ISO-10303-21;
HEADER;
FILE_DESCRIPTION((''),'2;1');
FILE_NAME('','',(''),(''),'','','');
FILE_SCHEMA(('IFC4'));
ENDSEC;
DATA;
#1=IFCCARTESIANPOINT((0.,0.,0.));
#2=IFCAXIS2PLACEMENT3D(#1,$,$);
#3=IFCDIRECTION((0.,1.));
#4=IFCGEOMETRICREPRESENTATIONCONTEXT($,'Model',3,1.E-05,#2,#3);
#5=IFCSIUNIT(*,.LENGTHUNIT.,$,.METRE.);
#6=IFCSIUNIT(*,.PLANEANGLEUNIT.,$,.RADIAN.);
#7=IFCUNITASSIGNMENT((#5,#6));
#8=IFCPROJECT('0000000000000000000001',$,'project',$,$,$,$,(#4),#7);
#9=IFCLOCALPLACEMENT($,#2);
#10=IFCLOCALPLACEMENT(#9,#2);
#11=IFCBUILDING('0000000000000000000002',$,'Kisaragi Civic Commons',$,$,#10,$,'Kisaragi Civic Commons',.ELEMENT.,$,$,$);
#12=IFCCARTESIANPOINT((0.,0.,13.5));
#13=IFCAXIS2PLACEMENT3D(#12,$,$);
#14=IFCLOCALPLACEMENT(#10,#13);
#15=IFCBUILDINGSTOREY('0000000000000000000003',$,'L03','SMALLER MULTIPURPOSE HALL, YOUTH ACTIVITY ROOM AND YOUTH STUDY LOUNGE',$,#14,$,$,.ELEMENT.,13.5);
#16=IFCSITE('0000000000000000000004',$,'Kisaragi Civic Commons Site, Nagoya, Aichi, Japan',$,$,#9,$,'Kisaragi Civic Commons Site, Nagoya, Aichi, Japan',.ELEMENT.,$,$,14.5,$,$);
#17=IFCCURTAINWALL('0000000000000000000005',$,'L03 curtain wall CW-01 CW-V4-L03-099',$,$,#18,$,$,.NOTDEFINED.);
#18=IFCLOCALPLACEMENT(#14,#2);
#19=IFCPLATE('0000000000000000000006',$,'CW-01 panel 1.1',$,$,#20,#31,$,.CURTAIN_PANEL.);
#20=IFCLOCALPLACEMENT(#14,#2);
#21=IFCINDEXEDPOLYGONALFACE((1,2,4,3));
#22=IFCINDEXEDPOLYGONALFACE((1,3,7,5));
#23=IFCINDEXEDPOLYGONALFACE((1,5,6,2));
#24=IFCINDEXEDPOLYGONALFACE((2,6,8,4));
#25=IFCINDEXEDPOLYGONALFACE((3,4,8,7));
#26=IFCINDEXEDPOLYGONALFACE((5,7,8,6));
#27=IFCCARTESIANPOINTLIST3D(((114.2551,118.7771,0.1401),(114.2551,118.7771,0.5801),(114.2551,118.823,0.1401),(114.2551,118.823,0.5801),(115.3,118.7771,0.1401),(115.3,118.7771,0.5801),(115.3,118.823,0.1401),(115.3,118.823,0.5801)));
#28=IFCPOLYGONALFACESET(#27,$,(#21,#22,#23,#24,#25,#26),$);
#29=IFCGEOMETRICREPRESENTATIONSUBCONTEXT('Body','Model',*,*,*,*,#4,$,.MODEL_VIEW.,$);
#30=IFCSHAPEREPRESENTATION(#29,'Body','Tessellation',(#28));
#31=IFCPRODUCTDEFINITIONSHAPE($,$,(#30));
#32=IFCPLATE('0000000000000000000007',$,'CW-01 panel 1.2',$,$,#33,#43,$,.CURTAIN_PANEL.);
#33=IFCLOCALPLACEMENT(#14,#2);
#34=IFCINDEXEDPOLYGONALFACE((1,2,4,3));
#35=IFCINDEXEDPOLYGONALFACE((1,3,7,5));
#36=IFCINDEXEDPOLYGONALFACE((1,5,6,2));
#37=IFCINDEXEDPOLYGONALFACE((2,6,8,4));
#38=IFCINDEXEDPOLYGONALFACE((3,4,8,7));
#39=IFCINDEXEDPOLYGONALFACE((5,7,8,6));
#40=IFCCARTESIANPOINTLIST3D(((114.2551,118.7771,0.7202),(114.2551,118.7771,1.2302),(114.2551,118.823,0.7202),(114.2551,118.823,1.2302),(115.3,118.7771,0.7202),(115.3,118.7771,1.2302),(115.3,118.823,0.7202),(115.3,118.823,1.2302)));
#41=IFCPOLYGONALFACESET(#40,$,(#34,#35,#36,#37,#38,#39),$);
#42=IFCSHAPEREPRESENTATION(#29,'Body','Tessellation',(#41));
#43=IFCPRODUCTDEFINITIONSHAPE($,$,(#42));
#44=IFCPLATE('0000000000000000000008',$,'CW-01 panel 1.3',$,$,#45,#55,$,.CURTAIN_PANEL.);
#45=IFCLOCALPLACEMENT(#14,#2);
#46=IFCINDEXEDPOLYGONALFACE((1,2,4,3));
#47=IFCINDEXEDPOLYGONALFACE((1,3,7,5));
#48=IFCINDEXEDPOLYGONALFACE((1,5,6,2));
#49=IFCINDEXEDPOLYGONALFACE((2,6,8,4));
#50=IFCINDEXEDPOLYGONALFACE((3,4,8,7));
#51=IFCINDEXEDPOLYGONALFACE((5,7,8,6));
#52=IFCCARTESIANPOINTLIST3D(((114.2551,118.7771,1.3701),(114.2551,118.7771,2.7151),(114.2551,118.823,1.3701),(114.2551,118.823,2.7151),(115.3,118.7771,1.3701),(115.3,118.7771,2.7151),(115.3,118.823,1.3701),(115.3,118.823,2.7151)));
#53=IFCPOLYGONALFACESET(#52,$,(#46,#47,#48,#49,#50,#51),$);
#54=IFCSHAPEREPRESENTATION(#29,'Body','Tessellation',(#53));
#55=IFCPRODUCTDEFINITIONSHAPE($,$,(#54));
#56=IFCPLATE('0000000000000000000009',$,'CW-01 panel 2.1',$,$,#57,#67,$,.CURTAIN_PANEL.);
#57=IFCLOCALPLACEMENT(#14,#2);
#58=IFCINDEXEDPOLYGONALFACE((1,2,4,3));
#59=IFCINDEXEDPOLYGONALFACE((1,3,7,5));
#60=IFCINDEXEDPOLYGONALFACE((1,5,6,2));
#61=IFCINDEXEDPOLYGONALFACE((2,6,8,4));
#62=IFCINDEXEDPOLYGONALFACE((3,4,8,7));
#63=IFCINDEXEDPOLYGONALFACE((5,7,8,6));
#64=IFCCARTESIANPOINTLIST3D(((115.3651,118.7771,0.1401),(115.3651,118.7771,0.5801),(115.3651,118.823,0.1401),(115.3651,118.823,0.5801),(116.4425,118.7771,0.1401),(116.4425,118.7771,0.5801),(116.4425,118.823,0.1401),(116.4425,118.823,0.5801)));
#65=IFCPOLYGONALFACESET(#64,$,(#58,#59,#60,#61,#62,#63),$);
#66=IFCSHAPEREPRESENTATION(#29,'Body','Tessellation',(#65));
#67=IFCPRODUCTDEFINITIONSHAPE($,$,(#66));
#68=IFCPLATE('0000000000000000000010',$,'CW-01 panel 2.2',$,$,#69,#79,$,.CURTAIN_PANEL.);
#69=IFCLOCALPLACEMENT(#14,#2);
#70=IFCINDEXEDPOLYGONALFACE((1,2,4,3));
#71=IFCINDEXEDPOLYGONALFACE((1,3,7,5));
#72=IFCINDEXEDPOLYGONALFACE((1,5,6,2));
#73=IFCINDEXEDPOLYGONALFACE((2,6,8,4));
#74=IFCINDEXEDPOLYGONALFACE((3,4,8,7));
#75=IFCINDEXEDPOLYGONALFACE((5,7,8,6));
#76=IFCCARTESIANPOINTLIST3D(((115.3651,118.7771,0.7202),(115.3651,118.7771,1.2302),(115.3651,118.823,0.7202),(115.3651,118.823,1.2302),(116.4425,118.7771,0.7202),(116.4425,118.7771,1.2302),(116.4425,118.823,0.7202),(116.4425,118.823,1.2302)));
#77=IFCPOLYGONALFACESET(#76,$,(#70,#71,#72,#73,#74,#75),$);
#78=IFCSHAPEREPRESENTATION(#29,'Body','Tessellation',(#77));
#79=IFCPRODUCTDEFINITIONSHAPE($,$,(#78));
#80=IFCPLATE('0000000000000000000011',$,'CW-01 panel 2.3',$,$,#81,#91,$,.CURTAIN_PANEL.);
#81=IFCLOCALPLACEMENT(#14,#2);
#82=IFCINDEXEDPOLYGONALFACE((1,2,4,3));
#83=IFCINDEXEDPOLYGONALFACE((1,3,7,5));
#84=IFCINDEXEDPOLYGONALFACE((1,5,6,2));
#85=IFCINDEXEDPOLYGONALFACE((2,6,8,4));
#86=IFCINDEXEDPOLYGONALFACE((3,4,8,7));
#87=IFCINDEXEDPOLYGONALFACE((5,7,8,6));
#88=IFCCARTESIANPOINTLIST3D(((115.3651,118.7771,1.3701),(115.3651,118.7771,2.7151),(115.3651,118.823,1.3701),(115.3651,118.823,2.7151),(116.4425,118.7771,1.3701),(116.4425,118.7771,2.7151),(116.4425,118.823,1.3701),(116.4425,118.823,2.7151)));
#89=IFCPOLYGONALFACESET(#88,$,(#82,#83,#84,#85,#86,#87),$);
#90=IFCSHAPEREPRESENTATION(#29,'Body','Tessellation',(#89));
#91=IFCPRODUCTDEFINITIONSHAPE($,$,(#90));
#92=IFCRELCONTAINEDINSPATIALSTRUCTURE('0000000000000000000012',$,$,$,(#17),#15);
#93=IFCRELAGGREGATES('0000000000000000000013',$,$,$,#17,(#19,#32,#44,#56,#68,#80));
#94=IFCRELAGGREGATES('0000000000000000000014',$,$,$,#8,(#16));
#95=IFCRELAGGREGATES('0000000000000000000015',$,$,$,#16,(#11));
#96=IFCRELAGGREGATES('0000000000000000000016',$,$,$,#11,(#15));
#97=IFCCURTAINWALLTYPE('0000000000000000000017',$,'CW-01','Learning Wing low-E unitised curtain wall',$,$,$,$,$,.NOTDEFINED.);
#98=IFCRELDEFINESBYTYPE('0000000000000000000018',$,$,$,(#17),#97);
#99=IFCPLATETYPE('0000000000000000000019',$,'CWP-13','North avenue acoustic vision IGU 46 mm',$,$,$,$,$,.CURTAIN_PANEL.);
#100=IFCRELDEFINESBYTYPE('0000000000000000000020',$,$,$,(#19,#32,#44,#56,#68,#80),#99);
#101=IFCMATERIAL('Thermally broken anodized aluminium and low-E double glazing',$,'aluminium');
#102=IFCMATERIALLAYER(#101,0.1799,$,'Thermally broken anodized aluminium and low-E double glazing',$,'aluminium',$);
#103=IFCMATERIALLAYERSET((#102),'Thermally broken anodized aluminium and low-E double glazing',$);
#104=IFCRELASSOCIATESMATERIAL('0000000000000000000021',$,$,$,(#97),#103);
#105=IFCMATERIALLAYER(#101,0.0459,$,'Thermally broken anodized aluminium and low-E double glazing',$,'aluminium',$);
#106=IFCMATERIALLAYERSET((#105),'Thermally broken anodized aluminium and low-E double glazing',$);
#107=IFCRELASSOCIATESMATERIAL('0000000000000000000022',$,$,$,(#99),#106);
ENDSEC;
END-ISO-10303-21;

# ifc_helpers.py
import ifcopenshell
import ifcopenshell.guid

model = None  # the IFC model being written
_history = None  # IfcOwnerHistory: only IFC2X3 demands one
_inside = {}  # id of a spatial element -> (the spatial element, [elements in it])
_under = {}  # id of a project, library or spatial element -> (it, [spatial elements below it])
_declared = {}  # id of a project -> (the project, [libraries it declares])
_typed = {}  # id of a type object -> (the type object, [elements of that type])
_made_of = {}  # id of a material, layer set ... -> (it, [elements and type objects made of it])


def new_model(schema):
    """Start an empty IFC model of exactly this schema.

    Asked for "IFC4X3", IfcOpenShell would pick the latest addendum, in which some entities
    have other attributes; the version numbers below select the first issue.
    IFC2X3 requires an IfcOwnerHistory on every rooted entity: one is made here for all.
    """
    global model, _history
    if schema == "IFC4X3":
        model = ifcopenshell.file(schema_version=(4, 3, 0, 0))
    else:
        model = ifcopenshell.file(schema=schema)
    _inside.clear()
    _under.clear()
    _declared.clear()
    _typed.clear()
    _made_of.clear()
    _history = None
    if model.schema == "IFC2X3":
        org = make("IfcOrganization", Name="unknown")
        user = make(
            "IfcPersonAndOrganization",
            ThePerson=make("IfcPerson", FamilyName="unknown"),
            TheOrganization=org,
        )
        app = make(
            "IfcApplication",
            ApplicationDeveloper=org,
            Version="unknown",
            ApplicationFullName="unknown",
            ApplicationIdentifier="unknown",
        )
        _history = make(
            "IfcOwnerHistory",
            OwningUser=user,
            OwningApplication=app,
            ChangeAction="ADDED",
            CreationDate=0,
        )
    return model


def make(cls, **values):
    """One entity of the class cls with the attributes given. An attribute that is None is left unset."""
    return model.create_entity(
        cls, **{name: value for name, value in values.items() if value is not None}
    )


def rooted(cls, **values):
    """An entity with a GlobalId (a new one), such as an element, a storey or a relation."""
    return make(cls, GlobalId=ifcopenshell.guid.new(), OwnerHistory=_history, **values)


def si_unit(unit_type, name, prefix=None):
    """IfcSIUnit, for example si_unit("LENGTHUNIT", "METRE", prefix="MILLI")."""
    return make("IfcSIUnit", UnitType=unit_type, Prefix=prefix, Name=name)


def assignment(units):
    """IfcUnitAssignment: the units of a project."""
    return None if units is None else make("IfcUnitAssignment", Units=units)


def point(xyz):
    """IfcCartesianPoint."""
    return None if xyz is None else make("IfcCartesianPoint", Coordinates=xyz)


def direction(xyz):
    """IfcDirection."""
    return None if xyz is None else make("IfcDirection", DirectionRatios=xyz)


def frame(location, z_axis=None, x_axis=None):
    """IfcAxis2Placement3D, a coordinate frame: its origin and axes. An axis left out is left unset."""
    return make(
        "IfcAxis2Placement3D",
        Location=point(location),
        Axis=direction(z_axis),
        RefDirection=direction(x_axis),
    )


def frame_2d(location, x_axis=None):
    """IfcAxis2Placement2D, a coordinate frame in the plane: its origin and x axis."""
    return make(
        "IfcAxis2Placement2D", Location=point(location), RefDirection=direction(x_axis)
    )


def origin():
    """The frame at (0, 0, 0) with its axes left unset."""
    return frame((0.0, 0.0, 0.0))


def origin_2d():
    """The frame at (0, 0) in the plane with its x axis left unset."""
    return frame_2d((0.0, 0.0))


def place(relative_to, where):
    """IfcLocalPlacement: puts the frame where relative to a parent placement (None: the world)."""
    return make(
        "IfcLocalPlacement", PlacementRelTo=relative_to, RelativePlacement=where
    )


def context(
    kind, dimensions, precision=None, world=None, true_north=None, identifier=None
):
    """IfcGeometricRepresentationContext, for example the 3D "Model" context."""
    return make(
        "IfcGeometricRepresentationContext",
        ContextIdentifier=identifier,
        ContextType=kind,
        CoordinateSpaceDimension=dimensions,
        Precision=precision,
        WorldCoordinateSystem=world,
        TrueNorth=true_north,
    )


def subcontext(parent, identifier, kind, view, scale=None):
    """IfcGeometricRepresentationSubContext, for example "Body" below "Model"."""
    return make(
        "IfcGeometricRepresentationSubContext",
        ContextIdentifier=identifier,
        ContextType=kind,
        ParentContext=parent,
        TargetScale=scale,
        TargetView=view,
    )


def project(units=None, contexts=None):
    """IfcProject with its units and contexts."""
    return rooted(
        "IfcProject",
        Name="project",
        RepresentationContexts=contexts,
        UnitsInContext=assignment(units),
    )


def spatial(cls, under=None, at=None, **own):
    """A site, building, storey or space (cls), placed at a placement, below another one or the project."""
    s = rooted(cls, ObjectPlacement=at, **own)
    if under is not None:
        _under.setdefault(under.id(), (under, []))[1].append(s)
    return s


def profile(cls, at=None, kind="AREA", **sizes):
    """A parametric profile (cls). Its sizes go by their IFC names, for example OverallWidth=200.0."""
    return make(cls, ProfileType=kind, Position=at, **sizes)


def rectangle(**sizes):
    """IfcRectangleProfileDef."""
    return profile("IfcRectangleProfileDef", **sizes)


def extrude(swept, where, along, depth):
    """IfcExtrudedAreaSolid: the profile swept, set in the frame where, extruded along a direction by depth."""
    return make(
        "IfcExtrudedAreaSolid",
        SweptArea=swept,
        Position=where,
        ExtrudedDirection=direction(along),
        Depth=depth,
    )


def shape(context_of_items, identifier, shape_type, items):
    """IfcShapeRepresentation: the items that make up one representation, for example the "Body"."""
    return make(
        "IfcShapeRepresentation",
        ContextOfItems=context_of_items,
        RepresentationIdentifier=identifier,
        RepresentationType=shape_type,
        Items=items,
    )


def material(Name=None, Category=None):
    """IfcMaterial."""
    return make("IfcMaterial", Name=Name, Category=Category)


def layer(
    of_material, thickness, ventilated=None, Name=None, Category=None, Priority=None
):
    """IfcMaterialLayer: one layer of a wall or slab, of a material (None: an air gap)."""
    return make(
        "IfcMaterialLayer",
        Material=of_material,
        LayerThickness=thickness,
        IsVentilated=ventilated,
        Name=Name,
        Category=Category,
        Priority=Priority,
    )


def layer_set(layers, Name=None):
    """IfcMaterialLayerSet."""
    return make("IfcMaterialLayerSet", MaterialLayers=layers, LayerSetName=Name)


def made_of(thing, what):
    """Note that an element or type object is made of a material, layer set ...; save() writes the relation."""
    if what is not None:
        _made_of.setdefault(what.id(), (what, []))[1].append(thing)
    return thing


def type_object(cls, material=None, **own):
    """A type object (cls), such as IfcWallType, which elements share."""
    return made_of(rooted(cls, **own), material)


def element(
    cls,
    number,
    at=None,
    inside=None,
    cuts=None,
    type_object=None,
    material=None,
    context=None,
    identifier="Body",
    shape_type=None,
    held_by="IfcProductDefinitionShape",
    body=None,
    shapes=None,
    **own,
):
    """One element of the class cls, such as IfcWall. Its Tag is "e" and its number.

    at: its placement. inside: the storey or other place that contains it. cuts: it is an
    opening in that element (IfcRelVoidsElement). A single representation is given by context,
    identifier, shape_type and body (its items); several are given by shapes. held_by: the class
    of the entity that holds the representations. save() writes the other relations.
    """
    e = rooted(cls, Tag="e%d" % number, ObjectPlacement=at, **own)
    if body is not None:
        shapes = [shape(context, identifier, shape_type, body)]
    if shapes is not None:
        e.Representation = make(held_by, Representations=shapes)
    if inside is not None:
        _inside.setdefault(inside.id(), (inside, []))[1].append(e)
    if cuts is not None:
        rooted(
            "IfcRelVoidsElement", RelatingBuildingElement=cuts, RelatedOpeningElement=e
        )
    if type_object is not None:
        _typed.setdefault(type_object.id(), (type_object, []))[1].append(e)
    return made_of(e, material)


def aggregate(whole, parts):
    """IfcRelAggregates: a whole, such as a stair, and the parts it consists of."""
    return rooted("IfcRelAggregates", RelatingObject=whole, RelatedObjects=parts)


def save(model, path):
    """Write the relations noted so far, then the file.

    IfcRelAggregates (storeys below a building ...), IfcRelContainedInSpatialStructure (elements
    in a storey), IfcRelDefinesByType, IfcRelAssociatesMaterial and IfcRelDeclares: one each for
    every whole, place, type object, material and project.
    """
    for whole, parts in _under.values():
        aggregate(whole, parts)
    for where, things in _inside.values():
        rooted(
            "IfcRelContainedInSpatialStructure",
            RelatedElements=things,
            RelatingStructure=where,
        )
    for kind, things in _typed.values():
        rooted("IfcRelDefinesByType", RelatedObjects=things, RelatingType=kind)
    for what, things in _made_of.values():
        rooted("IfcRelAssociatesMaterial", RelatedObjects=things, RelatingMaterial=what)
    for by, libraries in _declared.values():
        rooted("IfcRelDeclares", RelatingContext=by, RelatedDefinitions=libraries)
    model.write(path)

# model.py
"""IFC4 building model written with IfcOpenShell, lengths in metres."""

from ifc_helpers import new_model, si_unit, direction, frame, origin, origin_2d, place, context, subcontext, project, spatial, rectangle, extrude, material, layer, layer_set, type_object, element, aggregate, save


model = new_model("IFC4")

# Units and contexts
model_context = context("Model", 3, precision=1e-05, world=origin(), true_north=direction((0.0, 1.0)))
body_context = subcontext(model_context, "Body", "Model", "MODEL_VIEW")
ifc_project = project(units=[si_unit("LENGTHUNIT", "METRE"), si_unit("PLANEANGLEUNIT", "RADIAN")], contexts=[model_context])

# Site, building, storey
site_placement = place(None, origin())
site = spatial("IfcSite", under=ifc_project, at=site_placement, Name="Kisaragi Civic Commons Site, Nagoya, Aichi, Japan", LongName="Kisaragi Civic Commons Site, Nagoya, Aichi, Japan", CompositionType="ELEMENT", RefElevation=14.5)
building_placement = place(site_placement, origin())
building = spatial("IfcBuilding", under=site, at=building_placement, Name="Kisaragi Civic Commons", LongName="Kisaragi Civic Commons", CompositionType="ELEMENT")
storey_placement = place(building_placement, frame((0.0, 0.0, 13.5)))
storey = spatial("IfcBuildingStorey", under=building, at=storey_placement, Name="L03", Description="SMALLER MULTIPURPOSE HALL, YOUTH ACTIVITY ROOM AND YOUTH STUDY LOUNGE", CompositionType="ELEMENT", Elevation=13.5)

# Shared definitions
ifc_material_1 = material(Name="Thermally broken anodized aluminium and low-E double glazing", Category="aluminium")
ifc_layer_1 = layer(ifc_material_1, 0.1799, Name="Thermally broken anodized aluminium and low-E double glazing", Category="aluminium")
ifc_layer_set_1 = layer_set([ifc_layer_1], Name="Thermally broken anodized aluminium and low-E double glazing")
curtain_wall_type = type_object("IfcCurtainWallType", Name="CW-01", Description="Learning Wing low-E unitised curtain wall", PredefinedType="NOTDEFINED", material=ifc_layer_set_1)

# Curtain wall
curtain_wall_1_placement = place(storey_placement, origin())
curtain_wall_1 = element("IfcCurtainWall", 1, at=curtain_wall_1_placement, inside=storey, type_object=curtain_wall_type, Name="L03 curtain wall CW-01 CW-V4-L03-099", PredefinedType="NOTDEFINED")

# Plates
ifc_layer_2 = layer(ifc_material_1, 0.0459, Name="Thermally broken anodized aluminium and low-E double glazing", Category="aluminium")
ifc_layer_set_2 = layer_set([ifc_layer_2], Name="Thermally broken anodized aluminium and low-E double glazing")
plate_type_1 = type_object("IfcPlateType", Name="CWP-13", Description="North avenue acoustic vision IGU 46 mm", PredefinedType="CURTAIN_PANEL", material=ifc_layer_set_2)
plate_1_placement = place(storey_placement, frame((114.7776, 118.8, 0.1401), z_axis=(0.0, 0.0, 1.0), x_axis=(1.0, 0.0, 0.0)))
plate_1 = element("IfcPlate", 2, at=plate_1_placement, type_object=plate_type_1, Name="CW-01 panel 1.1", PredefinedType="CURTAIN_PANEL", context=body_context, shape_type="SweptSolid", body=[
    extrude(rectangle(XDim=1.0449, YDim=0.0459, at=origin_2d()), origin(), (0.0, 0.0, 1.0), 0.4399),
])
plate_2_placement = place(storey_placement, frame((114.7776, 118.8, 0.7202), z_axis=(0.0, 0.0, 1.0), x_axis=(1.0, 0.0, 0.0)))
plate_2 = element("IfcPlate", 3, at=plate_2_placement, type_object=plate_type_1, Name="CW-01 panel 1.2", PredefinedType="CURTAIN_PANEL", context=body_context, shape_type="SweptSolid", body=[
    extrude(rectangle(XDim=1.0449, YDim=0.0459, at=origin_2d()), origin(), (0.0, 0.0, 1.0), 0.51),
])
plate_3_placement = place(storey_placement, frame((114.7776, 118.8, 1.3701), z_axis=(0.0, 0.0, 1.0), x_axis=(1.0, 0.0, 0.0)))
plate_3 = element("IfcPlate", 4, at=plate_3_placement, type_object=plate_type_1, Name="CW-01 panel 1.3", PredefinedType="CURTAIN_PANEL", context=body_context, shape_type="SweptSolid", body=[
    extrude(rectangle(XDim=1.0449, YDim=0.0459, at=origin_2d()), origin(), (0.0, 0.0, 1.0), 1.345),
])
plate_4_placement = place(storey_placement, frame((115.9038, 118.8, 0.1401), z_axis=(0.0, 0.0, 1.0), x_axis=(1.0, 0.0, 0.0)))
plate_4 = element("IfcPlate", 5, at=plate_4_placement, type_object=plate_type_1, Name="CW-01 panel 2.1", PredefinedType="CURTAIN_PANEL", context=body_context, shape_type="SweptSolid", body=[
    extrude(rectangle(XDim=1.0774, YDim=0.0459, at=origin_2d()), origin(), (0.0, 0.0, 1.0), 0.4399),
])
plate_5_placement = place(storey_placement, frame((115.9038, 118.8, 0.7202), z_axis=(0.0, 0.0, 1.0), x_axis=(1.0, 0.0, 0.0)))
plate_5 = element("IfcPlate", 6, at=plate_5_placement, type_object=plate_type_1, Name="CW-01 panel 2.2", PredefinedType="CURTAIN_PANEL", context=body_context, shape_type="SweptSolid", body=[
    extrude(rectangle(XDim=1.0774, YDim=0.0459, at=origin_2d()), origin(), (0.0, 0.0, 1.0), 0.51),
])
plate_6_placement = place(storey_placement, frame((115.9038, 118.8, 1.3701), z_axis=(0.0, 0.0, 1.0), x_axis=(1.0, 0.0, 0.0)))
plate_6 = element("IfcPlate", 7, at=plate_6_placement, type_object=plate_type_1, Name="CW-01 panel 2.3", PredefinedType="CURTAIN_PANEL", context=body_context, shape_type="SweptSolid", body=[
    extrude(rectangle(XDim=1.0774, YDim=0.0459, at=origin_2d()), origin(), (0.0, 0.0, 1.0), 1.345),
])
aggregate(curtain_wall_1, [plate_1, plate_2, plate_3, plate_4, plate_5, plate_6])

save(model, "model.ifc")
